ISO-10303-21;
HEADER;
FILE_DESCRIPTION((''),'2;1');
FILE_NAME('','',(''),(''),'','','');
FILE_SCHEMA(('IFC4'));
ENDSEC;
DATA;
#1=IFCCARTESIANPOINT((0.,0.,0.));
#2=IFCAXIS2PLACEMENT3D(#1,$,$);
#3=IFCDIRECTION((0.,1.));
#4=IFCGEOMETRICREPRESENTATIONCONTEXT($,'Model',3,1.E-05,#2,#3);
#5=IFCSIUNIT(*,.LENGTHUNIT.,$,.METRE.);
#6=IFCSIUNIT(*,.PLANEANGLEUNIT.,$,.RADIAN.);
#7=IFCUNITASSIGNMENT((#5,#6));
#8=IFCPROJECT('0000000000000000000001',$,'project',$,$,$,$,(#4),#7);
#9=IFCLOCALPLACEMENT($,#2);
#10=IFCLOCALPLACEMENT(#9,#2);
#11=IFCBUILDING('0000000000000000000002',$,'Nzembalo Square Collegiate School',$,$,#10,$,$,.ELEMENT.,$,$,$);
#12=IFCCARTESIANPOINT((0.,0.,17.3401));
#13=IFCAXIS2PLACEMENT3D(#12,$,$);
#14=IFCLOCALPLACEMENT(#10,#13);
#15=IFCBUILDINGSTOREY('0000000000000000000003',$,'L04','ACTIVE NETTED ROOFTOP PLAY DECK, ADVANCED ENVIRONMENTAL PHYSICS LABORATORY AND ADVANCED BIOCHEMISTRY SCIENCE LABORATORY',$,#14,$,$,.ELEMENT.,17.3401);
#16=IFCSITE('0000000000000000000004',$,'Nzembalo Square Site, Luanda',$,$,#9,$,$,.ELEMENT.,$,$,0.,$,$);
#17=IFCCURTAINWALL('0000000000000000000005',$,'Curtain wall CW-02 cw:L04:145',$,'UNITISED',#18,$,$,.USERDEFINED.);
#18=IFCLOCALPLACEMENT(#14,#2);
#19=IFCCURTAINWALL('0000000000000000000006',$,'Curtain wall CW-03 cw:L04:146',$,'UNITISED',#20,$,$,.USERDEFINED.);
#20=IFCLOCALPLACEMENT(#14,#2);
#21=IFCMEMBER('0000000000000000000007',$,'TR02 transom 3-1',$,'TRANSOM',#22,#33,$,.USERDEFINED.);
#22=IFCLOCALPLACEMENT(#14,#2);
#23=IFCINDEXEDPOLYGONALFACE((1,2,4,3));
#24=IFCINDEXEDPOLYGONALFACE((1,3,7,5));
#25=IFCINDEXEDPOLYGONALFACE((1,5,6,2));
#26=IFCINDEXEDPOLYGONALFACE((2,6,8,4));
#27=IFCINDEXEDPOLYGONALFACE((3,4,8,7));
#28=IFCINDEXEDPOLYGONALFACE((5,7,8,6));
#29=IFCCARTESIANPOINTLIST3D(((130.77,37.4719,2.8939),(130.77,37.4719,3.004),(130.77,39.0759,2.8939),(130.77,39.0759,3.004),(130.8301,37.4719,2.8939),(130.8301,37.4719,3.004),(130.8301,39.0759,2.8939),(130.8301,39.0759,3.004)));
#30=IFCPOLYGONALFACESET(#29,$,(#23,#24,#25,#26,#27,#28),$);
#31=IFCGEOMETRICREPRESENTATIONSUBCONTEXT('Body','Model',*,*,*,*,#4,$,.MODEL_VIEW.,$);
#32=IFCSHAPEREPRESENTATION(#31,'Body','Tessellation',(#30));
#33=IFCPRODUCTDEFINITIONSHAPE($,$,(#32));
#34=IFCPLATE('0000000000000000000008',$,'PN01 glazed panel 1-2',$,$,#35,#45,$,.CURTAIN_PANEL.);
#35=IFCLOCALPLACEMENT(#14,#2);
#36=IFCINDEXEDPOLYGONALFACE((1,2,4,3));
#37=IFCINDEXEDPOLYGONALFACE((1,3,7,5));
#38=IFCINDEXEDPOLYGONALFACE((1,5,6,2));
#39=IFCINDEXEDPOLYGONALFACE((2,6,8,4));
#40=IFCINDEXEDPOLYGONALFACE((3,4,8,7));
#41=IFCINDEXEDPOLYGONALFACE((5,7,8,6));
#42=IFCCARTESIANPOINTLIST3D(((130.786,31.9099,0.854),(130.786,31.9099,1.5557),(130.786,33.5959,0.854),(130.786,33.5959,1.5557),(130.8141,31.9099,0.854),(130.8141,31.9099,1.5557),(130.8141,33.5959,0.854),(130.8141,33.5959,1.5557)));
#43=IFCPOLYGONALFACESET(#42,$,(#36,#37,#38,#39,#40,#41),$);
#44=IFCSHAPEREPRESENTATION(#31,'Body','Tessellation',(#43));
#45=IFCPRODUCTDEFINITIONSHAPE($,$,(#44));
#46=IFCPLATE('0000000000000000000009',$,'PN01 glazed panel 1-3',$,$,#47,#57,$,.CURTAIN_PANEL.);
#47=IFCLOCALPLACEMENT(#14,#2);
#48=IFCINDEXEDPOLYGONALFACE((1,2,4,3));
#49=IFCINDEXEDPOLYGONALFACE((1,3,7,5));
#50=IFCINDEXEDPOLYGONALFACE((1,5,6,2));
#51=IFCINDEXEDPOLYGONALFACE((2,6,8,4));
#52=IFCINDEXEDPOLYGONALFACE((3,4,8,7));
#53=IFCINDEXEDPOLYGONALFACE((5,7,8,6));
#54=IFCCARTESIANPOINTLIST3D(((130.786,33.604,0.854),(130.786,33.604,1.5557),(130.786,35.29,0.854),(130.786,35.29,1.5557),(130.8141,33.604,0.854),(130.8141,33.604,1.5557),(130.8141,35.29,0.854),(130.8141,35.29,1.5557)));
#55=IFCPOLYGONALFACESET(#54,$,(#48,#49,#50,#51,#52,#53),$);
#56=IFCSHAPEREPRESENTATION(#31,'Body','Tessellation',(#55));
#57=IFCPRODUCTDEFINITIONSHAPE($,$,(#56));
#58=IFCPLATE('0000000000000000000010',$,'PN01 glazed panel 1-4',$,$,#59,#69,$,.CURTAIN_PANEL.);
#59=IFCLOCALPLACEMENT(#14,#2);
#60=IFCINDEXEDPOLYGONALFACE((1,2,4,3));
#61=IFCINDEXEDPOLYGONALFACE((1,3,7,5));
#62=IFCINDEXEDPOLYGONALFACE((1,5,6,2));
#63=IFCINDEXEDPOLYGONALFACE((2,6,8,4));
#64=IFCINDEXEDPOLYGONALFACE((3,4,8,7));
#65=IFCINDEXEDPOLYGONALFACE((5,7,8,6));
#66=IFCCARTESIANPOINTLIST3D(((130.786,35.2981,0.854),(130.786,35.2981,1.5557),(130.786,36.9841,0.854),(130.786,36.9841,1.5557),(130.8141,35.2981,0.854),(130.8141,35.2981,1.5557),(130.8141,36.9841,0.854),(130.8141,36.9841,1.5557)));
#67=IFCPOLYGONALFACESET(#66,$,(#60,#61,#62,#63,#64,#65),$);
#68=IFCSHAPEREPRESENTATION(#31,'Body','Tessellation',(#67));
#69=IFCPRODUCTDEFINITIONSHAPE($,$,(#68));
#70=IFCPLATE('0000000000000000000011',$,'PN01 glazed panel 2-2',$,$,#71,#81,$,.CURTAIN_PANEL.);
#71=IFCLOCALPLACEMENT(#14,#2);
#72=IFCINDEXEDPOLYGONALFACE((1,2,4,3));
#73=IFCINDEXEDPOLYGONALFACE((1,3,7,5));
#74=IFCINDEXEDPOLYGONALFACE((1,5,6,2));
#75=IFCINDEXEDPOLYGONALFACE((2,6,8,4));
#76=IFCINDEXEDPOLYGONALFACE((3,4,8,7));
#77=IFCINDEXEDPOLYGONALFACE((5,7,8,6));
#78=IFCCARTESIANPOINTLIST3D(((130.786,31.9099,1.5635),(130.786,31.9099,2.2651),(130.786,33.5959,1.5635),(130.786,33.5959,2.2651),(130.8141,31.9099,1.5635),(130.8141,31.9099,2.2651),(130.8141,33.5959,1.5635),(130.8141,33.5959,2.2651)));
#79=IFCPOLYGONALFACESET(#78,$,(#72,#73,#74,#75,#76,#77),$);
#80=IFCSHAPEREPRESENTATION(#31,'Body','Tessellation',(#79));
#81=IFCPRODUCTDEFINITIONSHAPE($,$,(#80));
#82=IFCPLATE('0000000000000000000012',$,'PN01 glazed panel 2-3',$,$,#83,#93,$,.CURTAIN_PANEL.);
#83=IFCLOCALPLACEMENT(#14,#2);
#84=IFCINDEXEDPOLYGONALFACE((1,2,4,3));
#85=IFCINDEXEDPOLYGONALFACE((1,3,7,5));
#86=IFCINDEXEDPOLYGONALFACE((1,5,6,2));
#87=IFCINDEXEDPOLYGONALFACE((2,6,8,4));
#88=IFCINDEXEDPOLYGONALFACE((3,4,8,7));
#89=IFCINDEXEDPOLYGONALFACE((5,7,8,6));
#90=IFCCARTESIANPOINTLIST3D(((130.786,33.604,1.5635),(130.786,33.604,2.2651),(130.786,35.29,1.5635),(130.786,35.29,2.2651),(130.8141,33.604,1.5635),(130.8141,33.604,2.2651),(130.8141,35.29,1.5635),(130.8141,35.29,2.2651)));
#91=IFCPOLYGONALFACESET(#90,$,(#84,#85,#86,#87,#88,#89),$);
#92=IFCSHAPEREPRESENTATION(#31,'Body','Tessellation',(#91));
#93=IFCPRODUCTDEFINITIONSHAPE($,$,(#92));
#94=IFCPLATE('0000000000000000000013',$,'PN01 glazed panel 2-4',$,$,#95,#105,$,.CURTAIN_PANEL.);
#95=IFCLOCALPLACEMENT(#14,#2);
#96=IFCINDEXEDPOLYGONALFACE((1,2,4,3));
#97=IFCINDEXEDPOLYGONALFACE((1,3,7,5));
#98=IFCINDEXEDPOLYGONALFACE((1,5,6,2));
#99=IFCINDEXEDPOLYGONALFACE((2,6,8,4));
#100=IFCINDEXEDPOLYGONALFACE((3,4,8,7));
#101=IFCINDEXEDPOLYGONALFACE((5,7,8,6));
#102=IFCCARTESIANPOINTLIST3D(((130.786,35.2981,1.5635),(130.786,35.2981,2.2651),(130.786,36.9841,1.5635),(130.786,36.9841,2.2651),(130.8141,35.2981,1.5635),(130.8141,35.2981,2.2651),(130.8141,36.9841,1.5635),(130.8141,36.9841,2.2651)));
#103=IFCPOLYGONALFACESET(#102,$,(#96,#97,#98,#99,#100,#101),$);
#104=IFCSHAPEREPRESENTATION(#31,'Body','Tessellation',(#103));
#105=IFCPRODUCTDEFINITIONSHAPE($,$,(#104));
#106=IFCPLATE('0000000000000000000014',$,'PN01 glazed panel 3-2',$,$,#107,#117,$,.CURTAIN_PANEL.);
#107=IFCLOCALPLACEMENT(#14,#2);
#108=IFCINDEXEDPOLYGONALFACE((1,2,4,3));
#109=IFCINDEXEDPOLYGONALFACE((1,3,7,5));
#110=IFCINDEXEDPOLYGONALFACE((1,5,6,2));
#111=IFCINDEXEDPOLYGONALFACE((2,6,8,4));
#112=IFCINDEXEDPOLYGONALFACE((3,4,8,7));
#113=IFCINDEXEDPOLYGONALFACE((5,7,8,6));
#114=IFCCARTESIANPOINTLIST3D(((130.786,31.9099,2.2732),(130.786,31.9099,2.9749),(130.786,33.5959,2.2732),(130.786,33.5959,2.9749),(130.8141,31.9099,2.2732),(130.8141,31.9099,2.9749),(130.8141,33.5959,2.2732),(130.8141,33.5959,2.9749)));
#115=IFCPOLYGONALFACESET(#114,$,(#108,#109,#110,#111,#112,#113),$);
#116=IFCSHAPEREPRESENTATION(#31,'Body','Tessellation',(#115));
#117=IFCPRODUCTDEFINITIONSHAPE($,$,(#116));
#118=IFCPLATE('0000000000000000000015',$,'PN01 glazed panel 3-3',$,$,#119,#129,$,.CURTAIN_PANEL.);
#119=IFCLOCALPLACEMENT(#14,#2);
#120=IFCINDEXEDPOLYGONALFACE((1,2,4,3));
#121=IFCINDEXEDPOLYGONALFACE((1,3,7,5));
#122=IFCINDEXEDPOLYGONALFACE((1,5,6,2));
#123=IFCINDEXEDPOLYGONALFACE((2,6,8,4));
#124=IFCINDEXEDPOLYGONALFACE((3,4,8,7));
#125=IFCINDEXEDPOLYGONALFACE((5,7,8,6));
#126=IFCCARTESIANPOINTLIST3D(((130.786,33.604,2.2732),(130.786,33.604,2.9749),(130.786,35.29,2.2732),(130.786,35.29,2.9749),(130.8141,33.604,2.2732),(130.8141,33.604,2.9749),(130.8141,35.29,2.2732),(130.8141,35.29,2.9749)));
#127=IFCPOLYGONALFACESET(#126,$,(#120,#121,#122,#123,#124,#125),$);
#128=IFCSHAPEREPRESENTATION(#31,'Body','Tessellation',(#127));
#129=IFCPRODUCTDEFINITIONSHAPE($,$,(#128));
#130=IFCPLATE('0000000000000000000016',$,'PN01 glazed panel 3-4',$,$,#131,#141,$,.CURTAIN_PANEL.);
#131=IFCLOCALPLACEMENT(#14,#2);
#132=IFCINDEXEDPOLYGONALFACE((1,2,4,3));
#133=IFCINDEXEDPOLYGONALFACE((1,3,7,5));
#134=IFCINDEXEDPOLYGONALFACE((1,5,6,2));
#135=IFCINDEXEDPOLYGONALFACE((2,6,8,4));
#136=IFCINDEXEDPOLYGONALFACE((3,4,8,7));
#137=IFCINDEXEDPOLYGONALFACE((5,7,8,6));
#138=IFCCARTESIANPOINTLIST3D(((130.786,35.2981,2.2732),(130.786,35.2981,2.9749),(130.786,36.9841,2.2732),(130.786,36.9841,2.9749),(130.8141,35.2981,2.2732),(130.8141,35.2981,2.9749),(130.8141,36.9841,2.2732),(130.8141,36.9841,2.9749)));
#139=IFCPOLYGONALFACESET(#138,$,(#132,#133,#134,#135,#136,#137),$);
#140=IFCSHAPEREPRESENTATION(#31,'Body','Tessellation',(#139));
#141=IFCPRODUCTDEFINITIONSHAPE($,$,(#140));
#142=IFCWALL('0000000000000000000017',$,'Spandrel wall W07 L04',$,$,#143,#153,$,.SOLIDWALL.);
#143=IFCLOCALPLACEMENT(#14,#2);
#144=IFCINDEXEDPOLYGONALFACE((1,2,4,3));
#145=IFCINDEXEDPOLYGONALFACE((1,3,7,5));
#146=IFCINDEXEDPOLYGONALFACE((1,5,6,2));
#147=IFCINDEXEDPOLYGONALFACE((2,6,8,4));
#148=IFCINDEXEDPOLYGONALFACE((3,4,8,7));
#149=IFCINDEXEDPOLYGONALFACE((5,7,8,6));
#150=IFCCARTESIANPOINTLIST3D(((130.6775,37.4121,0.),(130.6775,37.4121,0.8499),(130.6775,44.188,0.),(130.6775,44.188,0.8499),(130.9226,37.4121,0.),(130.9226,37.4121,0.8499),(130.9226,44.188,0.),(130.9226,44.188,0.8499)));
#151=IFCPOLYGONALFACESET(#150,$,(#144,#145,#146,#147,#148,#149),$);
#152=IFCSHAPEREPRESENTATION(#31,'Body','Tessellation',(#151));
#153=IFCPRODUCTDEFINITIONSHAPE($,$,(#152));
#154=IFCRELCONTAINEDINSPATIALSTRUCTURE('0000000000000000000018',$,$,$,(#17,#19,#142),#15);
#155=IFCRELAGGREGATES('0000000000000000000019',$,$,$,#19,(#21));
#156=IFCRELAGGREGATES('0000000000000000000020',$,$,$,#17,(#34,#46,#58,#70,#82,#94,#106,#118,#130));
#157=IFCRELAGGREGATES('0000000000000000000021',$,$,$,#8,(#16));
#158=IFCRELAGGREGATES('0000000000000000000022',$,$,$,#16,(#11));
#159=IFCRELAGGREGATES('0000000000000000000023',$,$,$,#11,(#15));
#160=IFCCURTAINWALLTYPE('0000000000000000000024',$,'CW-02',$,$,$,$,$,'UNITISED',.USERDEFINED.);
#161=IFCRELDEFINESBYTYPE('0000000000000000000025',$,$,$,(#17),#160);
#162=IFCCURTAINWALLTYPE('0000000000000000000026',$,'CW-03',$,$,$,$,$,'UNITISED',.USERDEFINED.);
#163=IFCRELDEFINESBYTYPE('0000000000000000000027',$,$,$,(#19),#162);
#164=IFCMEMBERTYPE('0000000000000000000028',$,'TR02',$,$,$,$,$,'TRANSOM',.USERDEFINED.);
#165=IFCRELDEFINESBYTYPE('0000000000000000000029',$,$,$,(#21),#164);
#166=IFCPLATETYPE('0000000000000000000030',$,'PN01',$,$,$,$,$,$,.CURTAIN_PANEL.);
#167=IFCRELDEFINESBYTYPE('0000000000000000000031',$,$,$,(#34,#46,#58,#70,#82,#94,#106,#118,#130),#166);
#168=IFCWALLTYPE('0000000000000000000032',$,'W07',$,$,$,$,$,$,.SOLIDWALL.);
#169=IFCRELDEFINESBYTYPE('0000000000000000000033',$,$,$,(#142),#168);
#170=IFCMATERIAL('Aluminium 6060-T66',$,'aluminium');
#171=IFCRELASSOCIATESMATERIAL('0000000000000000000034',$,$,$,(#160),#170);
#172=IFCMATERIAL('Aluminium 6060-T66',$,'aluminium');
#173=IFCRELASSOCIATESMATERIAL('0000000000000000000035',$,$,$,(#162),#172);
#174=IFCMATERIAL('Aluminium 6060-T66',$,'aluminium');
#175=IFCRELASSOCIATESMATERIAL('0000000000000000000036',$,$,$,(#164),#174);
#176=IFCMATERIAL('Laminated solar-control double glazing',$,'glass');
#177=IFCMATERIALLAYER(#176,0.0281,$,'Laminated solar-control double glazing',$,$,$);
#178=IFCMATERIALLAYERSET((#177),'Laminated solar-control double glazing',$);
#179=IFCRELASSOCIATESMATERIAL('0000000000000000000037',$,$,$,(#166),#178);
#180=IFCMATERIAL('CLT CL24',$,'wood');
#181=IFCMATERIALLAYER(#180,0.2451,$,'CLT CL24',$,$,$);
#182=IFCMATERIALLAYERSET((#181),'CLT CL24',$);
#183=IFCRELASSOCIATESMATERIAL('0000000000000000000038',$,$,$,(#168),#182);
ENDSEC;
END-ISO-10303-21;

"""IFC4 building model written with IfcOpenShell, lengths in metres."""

from ifc_helpers import new_model, si_unit, direction, frame, frame_2d, origin, origin_2d, place, context, subcontext, project, spatial, rectangle, extrude, material, layer, layer_set, material_profile, profile_set, type_object, element, aggregate, save


model = new_model("IFC4")

# Units and contexts
model_context = context("Model", 3, precision=1e-05, world=origin(), true_north=direction((0.0, 1.0)))
body_context = subcontext(model_context, "Body", "Model", "MODEL_VIEW")
ifc_project = project(units=[si_unit("LENGTHUNIT", "METRE"), si_unit("PLANEANGLEUNIT", "RADIAN")], contexts=[model_context])

# Site, building, storey
site_placement = place(None, origin())
site = spatial("IfcSite", under=ifc_project, at=site_placement, Name="Nzembalo Square Site, Luanda", CompositionType="ELEMENT", RefElevation=0.0)
building_placement = place(site_placement, origin())
building = spatial("IfcBuilding", under=site, at=building_placement, Name="Nzembalo Square Collegiate School", CompositionType="ELEMENT")
storey_placement = place(building_placement, frame((0.0, 0.0, 17.3401)))
storey = spatial("IfcBuildingStorey", under=building, at=storey_placement, Name="L04", Description="ACTIVE NETTED ROOFTOP PLAY DECK, ADVANCED ENVIRONMENTAL PHYSICS LABORATORY AND ADVANCED BIOCHEMISTRY SCIENCE LABORATORY", CompositionType="ELEMENT", Elevation=17.3401)

# Curtain wall
ifc_material_1 = material(Name="Aluminium 6060-T66", Category="aluminium")
curtain_wall_type_1 = type_object("IfcCurtainWallType", Name="CW-02", ElementType="UNITISED", PredefinedType="USERDEFINED", material=ifc_material_1)
curtain_wall_1_placement = place(storey_placement, origin())
curtain_wall_1 = element("IfcCurtainWall", 1, at=curtain_wall_1_placement, inside=storey, type_object=curtain_wall_type_1, Name="Curtain wall CW-02 cw:L04:145", ObjectType="UNITISED", PredefinedType="USERDEFINED")

# Curtain wall
ifc_material_2 = material(Name="Aluminium 6060-T66", Category="aluminium")
curtain_wall_type_2 = type_object("IfcCurtainWallType", Name="CW-03", ElementType="UNITISED", PredefinedType="USERDEFINED", material=ifc_material_2)
curtain_wall_2_placement = place(storey_placement, origin())
curtain_wall_2 = element("IfcCurtainWall", 2, at=curtain_wall_2_placement, inside=storey, type_object=curtain_wall_type_2, Name="Curtain wall CW-03 cw:L04:146", ObjectType="UNITISED", PredefinedType="USERDEFINED")

# Member
ifc_material_3 = material(Name="Aluminium 6060-T66", Category="aluminium")
ifc_material_profile_1 = material_profile(ifc_material_3, rectangle(XDim=0.0601, YDim=0.1101, at=origin_2d()), Name="ALU T60x110")
ifc_profile_set_1 = profile_set([ifc_material_profile_1], Name="Aluminium 6060-T66")
member_type_1 = type_object("IfcMemberType", Name="TR02", ElementType="TRANSOM", PredefinedType="USERDEFINED", material=ifc_profile_set_1)
member_1_placement = place(storey_placement, frame((130.8, 37.4719, 2.949), z_axis=(0.0, 1.0, 0.0), x_axis=(-1.0, 0.0, 0.0)))
member_1 = element("IfcMember", 3, at=member_1_placement, type_object=member_type_1, Name="TR02 transom 3-1", ObjectType="TRANSOM", PredefinedType="USERDEFINED", context=body_context, shape_type="SweptSolid", body=[
    extrude(rectangle(XDim=0.0601, YDim=0.1101, at=origin_2d()), origin(), (0.0, 0.0, 1.0), 1.604),
])
aggregate(curtain_wall_2, [member_1])

# Plates
ifc_material_4 = material(Name="Laminated solar-control double glazing", Category="glass")
ifc_layer_1 = layer(ifc_material_4, 0.0281, Name="Laminated solar-control double glazing")
ifc_layer_set_1 = layer_set([ifc_layer_1], Name="Laminated solar-control double glazing")
plate_type = type_object("IfcPlateType", Name="PN01", PredefinedType="CURTAIN_PANEL", material=ifc_layer_set_1)
plate_1_placement = place(storey_placement, frame((130.8, 32.7529, 0.854), z_axis=(0.0, 0.0, 1.0), x_axis=(0.0, 1.0, 0.0)))
plate_1 = element("IfcPlate", 4, at=plate_1_placement, type_object=plate_type, Name="PN01 glazed panel 1-2", PredefinedType="CURTAIN_PANEL", context=body_context, shape_type="SweptSolid", body=[
    extrude(rectangle(XDim=1.686, YDim=0.0281, at=origin_2d()), origin(), (0.0, 0.0, 1.0), 0.7017),
])
plate_2_placement = place(storey_placement, frame((130.8, 34.447, 0.854), z_axis=(0.0, 0.0, 1.0), x_axis=(0.0, 1.0, 0.0)))
plate_2 = element("IfcPlate", 5, at=plate_2_placement, type_object=plate_type, Name="PN01 glazed panel 1-3", PredefinedType="CURTAIN_PANEL", context=body_context, shape_type="SweptSolid", body=[
    extrude(rectangle(XDim=1.686, YDim=0.0281, at=origin_2d()), origin(), (0.0, 0.0, 1.0), 0.7017),
])
plate_3_placement = place(storey_placement, frame((130.8, 36.1411, 0.854), z_axis=(0.0, 0.0, 1.0), x_axis=(0.0, 1.0, 0.0)))
plate_3 = element("IfcPlate", 6, at=plate_3_placement, type_object=plate_type, Name="PN01 glazed panel 1-4", PredefinedType="CURTAIN_PANEL", context=body_context, shape_type="SweptSolid", body=[
    extrude(rectangle(XDim=1.686, YDim=0.0281, at=origin_2d()), origin(), (0.0, 0.0, 1.0), 0.7017),
])
plate_4_placement = place(storey_placement, frame((130.8, 32.7529, 1.5635), z_axis=(0.0, 0.0, 1.0), x_axis=(0.0, 1.0, 0.0)))
plate_4 = element("IfcPlate", 7, at=plate_4_placement, type_object=plate_type, Name="PN01 glazed panel 2-2", PredefinedType="CURTAIN_PANEL", context=body_context, shape_type="SweptSolid", body=[
    extrude(rectangle(XDim=1.686, YDim=0.0281, at=origin_2d()), origin(), (0.0, 0.0, 1.0), 0.7017),
])
plate_5_placement = place(storey_placement, frame((130.8, 34.447, 1.5635), z_axis=(0.0, 0.0, 1.0), x_axis=(0.0, 1.0, 0.0)))
plate_5 = element("IfcPlate", 8, at=plate_5_placement, type_object=plate_type, Name="PN01 glazed panel 2-3", PredefinedType="CURTAIN_PANEL", context=body_context, shape_type="SweptSolid", body=[
    extrude(rectangle(XDim=1.686, YDim=0.0281, at=origin_2d()), origin(), (0.0, 0.0, 1.0), 0.7017),
])
plate_6_placement = place(storey_placement, frame((130.8, 36.1411, 1.5635), z_axis=(0.0, 0.0, 1.0), x_axis=(0.0, 1.0, 0.0)))
plate_6 = element("IfcPlate", 9, at=plate_6_placement, type_object=plate_type, Name="PN01 glazed panel 2-4", PredefinedType="CURTAIN_PANEL", context=body_context, shape_type="SweptSolid", body=[
    extrude(rectangle(XDim=1.686, YDim=0.0281, at=origin_2d()), origin(), (0.0, 0.0, 1.0), 0.7017),
])
plate_7_placement = place(storey_placement, frame((130.8, 32.7529, 2.2732), z_axis=(0.0, 0.0, 1.0), x_axis=(0.0, 1.0, 0.0)))
plate_7 = element("IfcPlate", 10, at=plate_7_placement, type_object=plate_type, Name="PN01 glazed panel 3-2", PredefinedType="CURTAIN_PANEL", context=body_context, shape_type="SweptSolid", body=[
    extrude(rectangle(XDim=1.686, YDim=0.0281, at=origin_2d()), origin(), (0.0, 0.0, 1.0), 0.7017),
])
plate_8_placement = place(storey_placement, frame((130.8, 34.447, 2.2732), z_axis=(0.0, 0.0, 1.0), x_axis=(0.0, 1.0, 0.0)))
plate_8 = element("IfcPlate", 11, at=plate_8_placement, type_object=plate_type, Name="PN01 glazed panel 3-3", PredefinedType="CURTAIN_PANEL", context=body_context, shape_type="SweptSolid", body=[
    extrude(rectangle(XDim=1.686, YDim=0.0281, at=origin_2d()), origin(), (0.0, 0.0, 1.0), 0.7017),
])
plate_9_placement = place(storey_placement, frame((130.8, 36.1411, 2.2732), z_axis=(0.0, 0.0, 1.0), x_axis=(0.0, 1.0, 0.0)))
plate_9 = element("IfcPlate", 12, at=plate_9_placement, type_object=plate_type, Name="PN01 glazed panel 3-4", PredefinedType="CURTAIN_PANEL", context=body_context, shape_type="SweptSolid", body=[
    extrude(rectangle(XDim=1.686, YDim=0.0281, at=origin_2d()), origin(), (0.0, 0.0, 1.0), 0.7017),
])
aggregate(curtain_wall_1, [plate_1, plate_2, plate_3, plate_4, plate_5, plate_6, plate_7, plate_8, plate_9])

# Wall
ifc_material_5 = material(Name="CLT CL24", Category="wood")
ifc_layer_2 = layer(ifc_material_5, 0.2451, Name="CLT CL24")
ifc_layer_set_2 = layer_set([ifc_layer_2], Name="CLT CL24")
wall_type = type_object("IfcWallType", Name="W07", PredefinedType="SOLIDWALL", material=ifc_layer_set_2)
wall_placement = place(storey_placement, frame((130.8, 37.4121, 0.0), z_axis=(0.0, 0.0, 1.0), x_axis=(0.0, 1.0, 0.0)))
element("IfcWall", 13, at=wall_placement, inside=storey, type_object=wall_type, Name="Spandrel wall W07 L04", PredefinedType="SOLIDWALL", context=body_context, shape_type="SweptSolid", body=[
    extrude(rectangle(XDim=6.7759, YDim=0.2451, at=frame_2d((3.3879, 0.0))), origin(), (0.0, 0.0, 1.0), 0.8499),
])

save(model, "model.ifc")
